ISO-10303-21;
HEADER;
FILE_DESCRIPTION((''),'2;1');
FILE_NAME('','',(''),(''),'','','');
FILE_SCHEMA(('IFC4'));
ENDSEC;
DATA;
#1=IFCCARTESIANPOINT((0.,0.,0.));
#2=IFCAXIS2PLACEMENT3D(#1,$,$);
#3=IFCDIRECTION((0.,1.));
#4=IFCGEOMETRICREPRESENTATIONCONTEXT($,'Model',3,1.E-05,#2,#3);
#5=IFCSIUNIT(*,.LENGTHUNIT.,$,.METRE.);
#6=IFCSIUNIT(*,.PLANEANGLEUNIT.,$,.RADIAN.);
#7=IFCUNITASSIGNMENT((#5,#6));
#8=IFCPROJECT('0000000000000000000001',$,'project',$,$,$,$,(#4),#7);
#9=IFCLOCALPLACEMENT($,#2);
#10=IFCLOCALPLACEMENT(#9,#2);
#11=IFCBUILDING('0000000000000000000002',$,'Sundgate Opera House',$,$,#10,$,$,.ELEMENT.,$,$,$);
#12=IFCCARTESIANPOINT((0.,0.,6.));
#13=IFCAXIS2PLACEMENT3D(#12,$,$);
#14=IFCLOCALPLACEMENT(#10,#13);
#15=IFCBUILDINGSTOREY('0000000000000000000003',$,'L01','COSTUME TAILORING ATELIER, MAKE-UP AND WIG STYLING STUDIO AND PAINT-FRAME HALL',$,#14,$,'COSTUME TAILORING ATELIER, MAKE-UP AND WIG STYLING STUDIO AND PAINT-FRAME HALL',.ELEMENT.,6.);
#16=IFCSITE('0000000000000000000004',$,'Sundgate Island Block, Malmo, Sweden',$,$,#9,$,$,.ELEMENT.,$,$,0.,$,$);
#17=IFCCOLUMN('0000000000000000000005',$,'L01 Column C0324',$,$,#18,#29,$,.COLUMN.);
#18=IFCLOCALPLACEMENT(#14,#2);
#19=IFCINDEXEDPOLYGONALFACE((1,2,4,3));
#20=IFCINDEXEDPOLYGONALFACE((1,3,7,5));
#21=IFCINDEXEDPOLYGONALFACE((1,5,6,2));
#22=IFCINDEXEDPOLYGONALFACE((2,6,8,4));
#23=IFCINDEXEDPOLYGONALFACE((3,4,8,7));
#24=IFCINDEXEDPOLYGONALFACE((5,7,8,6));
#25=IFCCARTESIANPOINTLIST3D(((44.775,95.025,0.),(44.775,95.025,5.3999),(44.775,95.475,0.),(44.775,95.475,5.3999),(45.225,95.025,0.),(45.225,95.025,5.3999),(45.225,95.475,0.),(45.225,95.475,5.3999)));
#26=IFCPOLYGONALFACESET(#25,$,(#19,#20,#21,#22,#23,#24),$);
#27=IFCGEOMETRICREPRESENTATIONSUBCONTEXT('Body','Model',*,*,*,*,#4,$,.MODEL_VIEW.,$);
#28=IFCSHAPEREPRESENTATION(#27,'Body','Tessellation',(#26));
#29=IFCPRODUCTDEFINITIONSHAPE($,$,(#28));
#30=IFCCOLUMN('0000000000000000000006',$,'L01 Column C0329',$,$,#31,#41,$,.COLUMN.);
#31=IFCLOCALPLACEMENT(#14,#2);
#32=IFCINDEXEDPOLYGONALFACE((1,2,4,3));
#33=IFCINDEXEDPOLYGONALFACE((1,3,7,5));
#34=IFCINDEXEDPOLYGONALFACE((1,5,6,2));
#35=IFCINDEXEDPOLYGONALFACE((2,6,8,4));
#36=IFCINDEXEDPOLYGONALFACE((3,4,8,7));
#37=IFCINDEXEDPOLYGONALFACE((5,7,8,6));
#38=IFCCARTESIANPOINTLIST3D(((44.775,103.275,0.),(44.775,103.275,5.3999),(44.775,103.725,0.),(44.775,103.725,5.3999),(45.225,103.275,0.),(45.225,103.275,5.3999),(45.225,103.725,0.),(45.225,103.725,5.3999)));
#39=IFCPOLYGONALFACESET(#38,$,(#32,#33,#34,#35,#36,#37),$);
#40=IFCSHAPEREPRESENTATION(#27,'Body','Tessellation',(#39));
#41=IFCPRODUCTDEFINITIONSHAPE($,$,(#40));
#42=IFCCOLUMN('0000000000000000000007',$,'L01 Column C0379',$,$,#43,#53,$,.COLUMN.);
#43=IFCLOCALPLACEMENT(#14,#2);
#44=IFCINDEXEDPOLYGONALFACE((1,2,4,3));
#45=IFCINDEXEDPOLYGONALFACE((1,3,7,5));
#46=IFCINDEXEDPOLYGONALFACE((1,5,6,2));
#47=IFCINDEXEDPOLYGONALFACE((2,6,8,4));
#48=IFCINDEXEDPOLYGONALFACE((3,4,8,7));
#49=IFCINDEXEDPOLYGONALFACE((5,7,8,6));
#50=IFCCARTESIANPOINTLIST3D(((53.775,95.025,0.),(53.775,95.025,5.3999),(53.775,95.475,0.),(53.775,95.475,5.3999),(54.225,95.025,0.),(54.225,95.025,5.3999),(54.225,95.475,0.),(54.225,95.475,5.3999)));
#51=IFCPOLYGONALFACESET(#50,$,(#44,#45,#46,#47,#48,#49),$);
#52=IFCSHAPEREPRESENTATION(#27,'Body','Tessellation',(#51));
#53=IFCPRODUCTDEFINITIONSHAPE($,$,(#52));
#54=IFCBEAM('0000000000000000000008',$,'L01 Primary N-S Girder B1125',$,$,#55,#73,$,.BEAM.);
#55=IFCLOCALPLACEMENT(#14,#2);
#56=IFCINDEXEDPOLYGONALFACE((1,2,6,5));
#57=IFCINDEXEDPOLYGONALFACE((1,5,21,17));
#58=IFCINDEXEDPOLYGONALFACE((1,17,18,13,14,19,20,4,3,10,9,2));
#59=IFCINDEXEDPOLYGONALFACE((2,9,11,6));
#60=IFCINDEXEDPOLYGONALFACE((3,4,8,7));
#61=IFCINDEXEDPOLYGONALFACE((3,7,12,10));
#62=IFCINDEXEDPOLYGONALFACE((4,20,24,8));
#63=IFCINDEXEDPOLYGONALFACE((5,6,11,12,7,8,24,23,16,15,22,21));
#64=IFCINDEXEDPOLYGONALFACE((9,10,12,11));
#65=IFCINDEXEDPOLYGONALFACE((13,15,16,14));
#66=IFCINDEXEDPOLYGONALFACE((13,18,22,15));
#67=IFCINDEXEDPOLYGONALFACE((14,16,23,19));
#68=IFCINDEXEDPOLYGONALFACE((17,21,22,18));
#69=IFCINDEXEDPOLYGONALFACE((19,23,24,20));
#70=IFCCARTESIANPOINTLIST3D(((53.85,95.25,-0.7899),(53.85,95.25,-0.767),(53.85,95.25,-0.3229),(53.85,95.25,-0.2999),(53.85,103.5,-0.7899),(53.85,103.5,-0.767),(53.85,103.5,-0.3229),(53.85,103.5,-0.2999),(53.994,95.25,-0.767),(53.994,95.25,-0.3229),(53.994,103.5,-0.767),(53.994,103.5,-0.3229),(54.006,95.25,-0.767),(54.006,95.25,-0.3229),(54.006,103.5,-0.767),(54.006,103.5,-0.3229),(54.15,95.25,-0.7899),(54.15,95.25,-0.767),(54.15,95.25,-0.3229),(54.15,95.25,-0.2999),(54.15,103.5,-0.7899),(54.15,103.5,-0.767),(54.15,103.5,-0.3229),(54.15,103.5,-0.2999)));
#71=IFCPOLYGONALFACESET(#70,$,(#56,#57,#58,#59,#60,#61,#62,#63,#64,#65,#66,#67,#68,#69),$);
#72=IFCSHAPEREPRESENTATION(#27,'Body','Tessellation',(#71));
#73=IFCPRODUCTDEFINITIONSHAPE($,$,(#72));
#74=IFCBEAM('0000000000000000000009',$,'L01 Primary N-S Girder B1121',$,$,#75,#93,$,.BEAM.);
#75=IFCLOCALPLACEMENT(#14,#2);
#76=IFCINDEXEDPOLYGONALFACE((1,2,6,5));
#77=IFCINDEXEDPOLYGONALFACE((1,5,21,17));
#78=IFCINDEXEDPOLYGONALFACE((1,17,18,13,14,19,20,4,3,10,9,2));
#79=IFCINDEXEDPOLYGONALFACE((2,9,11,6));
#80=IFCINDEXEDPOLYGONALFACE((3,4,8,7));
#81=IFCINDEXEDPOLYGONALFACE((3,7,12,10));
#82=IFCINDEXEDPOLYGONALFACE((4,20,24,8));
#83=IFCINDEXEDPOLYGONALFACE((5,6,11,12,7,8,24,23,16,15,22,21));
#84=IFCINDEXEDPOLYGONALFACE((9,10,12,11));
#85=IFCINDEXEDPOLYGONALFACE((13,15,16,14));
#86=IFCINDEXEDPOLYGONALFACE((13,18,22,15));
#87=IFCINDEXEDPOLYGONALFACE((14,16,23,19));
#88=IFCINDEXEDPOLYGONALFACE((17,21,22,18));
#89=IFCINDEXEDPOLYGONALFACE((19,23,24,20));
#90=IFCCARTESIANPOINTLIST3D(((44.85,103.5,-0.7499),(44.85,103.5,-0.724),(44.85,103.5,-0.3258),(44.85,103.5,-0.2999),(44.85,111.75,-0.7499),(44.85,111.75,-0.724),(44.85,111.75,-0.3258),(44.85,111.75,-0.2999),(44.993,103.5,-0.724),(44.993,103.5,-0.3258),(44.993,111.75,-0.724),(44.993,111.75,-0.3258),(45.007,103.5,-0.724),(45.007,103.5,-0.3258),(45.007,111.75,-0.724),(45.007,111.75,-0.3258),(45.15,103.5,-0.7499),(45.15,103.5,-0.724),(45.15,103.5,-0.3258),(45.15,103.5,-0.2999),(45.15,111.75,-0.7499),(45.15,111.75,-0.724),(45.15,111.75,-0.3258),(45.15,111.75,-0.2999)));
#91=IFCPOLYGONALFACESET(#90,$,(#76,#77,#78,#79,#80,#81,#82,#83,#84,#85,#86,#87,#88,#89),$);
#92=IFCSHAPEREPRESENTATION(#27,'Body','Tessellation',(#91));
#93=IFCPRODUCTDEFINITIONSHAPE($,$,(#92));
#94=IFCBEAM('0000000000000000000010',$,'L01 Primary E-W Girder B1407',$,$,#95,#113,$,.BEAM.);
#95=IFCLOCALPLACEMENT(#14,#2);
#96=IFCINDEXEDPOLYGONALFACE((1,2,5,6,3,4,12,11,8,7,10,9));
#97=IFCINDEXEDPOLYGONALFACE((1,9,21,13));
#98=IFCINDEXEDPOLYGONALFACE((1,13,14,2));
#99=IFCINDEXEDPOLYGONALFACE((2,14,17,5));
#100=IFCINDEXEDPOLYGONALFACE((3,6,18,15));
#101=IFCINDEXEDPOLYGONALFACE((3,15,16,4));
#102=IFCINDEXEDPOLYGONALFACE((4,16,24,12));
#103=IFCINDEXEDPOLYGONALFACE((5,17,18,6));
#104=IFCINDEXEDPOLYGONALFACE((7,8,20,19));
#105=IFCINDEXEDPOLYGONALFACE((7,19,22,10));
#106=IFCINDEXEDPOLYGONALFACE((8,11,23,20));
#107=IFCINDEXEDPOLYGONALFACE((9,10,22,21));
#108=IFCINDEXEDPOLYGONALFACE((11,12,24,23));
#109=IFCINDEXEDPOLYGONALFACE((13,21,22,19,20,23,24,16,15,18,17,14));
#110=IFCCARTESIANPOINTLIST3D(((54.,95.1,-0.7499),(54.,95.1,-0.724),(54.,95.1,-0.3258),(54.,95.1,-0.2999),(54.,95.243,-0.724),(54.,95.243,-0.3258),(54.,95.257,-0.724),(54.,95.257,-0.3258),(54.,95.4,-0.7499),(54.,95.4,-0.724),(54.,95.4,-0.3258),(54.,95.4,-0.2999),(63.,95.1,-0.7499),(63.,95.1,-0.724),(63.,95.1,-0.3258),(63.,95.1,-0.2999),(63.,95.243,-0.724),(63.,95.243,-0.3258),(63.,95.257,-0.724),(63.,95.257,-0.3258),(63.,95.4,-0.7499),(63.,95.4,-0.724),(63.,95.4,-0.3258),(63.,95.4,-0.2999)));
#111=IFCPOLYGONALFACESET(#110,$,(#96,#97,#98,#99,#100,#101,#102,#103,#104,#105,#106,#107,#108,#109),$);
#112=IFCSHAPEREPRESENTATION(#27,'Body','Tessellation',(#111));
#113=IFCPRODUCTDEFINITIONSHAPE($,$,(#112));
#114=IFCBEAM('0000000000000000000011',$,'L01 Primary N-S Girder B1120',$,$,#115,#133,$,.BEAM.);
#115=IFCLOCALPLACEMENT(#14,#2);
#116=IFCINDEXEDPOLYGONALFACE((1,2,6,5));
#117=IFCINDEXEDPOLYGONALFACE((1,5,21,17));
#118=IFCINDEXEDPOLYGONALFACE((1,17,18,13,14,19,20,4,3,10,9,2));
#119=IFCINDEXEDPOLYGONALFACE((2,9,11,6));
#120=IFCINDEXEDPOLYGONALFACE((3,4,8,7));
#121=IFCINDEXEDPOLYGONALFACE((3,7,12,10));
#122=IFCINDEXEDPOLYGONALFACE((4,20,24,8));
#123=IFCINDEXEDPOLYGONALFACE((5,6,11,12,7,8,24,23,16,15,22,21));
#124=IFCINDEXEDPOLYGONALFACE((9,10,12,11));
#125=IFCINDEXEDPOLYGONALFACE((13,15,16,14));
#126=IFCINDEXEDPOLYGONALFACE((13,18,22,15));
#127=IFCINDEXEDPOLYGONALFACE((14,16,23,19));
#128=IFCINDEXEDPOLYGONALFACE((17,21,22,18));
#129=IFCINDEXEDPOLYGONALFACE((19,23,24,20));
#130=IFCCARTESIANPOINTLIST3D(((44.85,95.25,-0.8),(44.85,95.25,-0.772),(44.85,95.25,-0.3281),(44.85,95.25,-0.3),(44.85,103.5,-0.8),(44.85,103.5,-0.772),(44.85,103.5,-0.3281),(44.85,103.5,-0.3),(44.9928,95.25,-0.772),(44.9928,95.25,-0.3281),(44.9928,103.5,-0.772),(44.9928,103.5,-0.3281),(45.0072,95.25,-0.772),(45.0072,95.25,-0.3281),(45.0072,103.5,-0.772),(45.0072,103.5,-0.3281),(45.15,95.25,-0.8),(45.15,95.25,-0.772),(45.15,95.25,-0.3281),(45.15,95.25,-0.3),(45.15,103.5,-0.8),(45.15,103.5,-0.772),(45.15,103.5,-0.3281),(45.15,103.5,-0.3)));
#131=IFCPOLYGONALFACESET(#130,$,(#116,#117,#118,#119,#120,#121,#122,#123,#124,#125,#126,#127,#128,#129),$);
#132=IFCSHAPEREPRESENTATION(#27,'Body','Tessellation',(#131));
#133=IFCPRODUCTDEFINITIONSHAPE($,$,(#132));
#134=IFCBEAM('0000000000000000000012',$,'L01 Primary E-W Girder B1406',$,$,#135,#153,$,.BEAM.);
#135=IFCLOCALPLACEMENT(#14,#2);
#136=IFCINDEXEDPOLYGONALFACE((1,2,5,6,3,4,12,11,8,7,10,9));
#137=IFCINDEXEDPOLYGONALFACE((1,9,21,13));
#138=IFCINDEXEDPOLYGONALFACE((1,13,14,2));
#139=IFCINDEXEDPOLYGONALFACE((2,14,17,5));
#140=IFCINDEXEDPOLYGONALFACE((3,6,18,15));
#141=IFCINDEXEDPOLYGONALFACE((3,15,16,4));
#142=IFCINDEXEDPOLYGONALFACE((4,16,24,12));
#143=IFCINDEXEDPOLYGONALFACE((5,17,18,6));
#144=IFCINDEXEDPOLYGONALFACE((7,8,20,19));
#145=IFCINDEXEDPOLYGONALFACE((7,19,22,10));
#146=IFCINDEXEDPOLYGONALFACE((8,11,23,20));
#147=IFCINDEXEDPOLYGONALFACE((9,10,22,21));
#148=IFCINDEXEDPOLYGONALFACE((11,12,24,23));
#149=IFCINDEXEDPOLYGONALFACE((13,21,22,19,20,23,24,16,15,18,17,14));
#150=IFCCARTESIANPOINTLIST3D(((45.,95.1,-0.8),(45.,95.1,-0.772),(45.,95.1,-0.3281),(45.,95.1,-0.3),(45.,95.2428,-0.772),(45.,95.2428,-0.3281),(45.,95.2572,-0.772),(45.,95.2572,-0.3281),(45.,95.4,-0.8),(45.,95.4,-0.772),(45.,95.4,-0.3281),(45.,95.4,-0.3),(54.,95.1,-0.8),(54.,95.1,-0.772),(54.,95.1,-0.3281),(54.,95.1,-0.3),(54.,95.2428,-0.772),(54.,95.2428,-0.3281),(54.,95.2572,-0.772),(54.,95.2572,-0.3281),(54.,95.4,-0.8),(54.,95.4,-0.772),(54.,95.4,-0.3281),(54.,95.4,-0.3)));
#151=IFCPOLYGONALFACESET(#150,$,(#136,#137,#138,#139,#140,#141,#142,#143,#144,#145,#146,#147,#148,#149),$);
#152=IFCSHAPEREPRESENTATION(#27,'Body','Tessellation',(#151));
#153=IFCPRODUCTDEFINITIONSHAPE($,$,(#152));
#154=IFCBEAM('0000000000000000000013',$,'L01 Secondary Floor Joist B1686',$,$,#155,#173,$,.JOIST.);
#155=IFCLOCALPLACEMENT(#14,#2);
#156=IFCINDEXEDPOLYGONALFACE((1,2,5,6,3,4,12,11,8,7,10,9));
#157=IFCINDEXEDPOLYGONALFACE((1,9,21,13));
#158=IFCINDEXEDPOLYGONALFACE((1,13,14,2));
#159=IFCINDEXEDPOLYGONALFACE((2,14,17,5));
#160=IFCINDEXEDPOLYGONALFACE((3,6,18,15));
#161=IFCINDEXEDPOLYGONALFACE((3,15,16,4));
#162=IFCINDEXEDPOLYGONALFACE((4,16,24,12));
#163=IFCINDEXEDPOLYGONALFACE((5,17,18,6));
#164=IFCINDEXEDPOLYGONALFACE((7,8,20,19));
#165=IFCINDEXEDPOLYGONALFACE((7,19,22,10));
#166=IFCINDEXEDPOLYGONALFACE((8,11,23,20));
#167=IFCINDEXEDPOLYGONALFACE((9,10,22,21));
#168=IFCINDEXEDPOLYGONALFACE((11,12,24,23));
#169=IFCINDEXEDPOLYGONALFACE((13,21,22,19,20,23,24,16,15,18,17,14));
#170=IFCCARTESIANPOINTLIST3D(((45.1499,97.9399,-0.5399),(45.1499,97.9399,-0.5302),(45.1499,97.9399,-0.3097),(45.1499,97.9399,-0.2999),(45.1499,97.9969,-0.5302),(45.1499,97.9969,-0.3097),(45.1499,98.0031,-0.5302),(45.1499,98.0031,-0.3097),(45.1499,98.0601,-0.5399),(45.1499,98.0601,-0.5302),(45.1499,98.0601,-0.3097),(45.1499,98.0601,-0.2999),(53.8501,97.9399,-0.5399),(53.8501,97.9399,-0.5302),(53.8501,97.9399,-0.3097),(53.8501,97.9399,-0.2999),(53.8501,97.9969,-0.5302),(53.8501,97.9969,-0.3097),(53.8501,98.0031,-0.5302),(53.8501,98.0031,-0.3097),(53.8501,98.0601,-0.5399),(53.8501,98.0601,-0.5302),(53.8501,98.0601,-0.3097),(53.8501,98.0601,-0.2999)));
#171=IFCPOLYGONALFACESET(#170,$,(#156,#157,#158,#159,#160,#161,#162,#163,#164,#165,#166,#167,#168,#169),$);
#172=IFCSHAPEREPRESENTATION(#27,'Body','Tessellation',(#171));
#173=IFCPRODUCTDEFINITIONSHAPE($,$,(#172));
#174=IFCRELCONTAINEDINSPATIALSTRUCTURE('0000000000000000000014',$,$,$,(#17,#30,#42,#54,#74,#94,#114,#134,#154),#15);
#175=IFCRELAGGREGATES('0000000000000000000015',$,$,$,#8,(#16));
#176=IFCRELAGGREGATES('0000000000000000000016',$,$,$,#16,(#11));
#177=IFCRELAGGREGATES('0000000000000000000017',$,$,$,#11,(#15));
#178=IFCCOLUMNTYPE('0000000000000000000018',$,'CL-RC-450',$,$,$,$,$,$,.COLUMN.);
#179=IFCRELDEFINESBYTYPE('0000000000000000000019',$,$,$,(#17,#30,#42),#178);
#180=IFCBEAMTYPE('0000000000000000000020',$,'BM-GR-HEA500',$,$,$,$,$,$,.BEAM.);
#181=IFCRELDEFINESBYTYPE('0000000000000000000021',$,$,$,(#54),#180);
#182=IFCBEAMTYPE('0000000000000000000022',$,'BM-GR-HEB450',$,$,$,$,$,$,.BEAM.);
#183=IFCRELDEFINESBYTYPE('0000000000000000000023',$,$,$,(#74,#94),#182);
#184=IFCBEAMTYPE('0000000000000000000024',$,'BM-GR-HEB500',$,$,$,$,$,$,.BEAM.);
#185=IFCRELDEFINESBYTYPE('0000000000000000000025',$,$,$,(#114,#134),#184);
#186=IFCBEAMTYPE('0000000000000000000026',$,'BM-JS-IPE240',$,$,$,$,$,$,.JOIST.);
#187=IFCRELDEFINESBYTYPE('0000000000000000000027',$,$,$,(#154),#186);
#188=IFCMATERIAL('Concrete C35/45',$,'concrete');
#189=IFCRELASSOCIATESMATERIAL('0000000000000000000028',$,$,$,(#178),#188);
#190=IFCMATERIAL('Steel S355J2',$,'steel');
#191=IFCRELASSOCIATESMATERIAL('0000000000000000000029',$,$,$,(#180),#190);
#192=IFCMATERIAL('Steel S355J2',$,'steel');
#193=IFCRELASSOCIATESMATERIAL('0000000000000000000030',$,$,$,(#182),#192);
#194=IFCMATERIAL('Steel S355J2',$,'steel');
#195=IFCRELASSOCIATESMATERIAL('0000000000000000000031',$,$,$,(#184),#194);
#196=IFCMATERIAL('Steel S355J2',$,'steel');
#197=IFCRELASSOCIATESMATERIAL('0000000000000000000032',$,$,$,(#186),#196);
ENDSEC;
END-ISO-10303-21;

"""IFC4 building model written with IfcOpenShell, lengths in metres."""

from ifc_helpers import new_model, si_unit, direction, frame, origin, origin_2d, place, context, subcontext, project, spatial, rectangle, i_section, extrude, material, material_profile, profile_set, type_object, element, save


model = new_model("IFC4")

# Units and contexts
model_context = context("Model", 3, precision=1e-05, world=origin(), true_north=direction((0.0, 1.0)))
body_context = subcontext(model_context, "Body", "Model", "MODEL_VIEW")
ifc_project = project(units=[si_unit("LENGTHUNIT", "METRE"), si_unit("PLANEANGLEUNIT", "RADIAN")], contexts=[model_context])

# Site, building, storey
site_placement = place(None, origin())
site = spatial("IfcSite", under=ifc_project, at=site_placement, Name="Sundgate Island Block, Malmo, Sweden", CompositionType="ELEMENT", RefElevation=0.0)
building_placement = place(site_placement, origin())
building = spatial("IfcBuilding", under=site, at=building_placement, Name="Sundgate Opera House", CompositionType="ELEMENT")
storey_placement = place(building_placement, frame((0.0, 0.0, 6.0)))
storey = spatial("IfcBuildingStorey", under=building, at=storey_placement, Name="L01", Description="COSTUME TAILORING ATELIER, MAKE-UP AND WIG STYLING STUDIO AND PAINT-FRAME HALL", LongName="COSTUME TAILORING ATELIER, MAKE-UP AND WIG STYLING STUDIO AND PAINT-FRAME HALL", CompositionType="ELEMENT", Elevation=6.0)

# Columns
ifc_material_1 = material(Name="Concrete C35/45", Category="concrete")
ifc_material_profile_1 = material_profile(ifc_material_1, rectangle(XDim=0.45, YDim=0.45, at=origin_2d()), Name="RC 450x450")
ifc_profile_set_1 = profile_set([ifc_material_profile_1], Name="Concrete C35/45")
column_type = type_object("IfcColumnType", Name="CL-RC-450", PredefinedType="COLUMN", material=ifc_profile_set_1)
for number, where, z_axis, x_axis, name in (
    (1, (45.0, 95.25, 0.0), (0.0, 0.0, 1.0), (1.0, 0.0, 0.0), "L01 Column C0324"),
    (2, (45.0, 103.5, 0.0), (0.0, 0.0, 1.0), (1.0, 0.0, 0.0), "L01 Column C0329"),
    (3, (54.0, 95.25, 0.0), (0.0, 0.0, 1.0), (1.0, 0.0, 0.0), "L01 Column C0379"),
):
    element("IfcColumn", number, at=place(storey_placement, frame(where, z_axis=z_axis, x_axis=x_axis)), inside=storey, type_object=column_type, Name=name, PredefinedType="COLUMN", context=body_context, shape_type="SweptSolid", body=[
        extrude(rectangle(XDim=0.45, YDim=0.45, at=origin_2d()), origin(), (0.0, 0.0, 1.0), 5.3999),
    ])

# Beams
ifc_material_2 = material(Name="Steel S355J2", Category="steel")
ifc_material_profile_2 = material_profile(ifc_material_2, i_section(OverallWidth=0.3, OverallDepth=0.49, WebThickness=0.012, FlangeThickness=0.0229, at=origin_2d()), Name="HEA 500")
ifc_profile_set_2 = profile_set([ifc_material_profile_2], Name="Steel S355J2")
beam_type_1 = type_object("IfcBeamType", Name="BM-GR-HEA500", PredefinedType="BEAM", material=ifc_profile_set_2)
beam_1_placement = place(storey_placement, frame((54.0, 95.25, -0.5449), z_axis=(0.0, 1.0, 0.0), x_axis=(-1.0, 0.0, 0.0)))
element("IfcBeam", 4, at=beam_1_placement, inside=storey, type_object=beam_type_1, Name="L01 Primary N-S Girder B1125", PredefinedType="BEAM", context=body_context, shape_type="SweptSolid", body=[
    extrude(i_section(OverallWidth=0.3, OverallDepth=0.49, WebThickness=0.012, FlangeThickness=0.0229, at=origin_2d()), origin(), (0.0, 0.0, 1.0), 8.25),
])
ifc_material_3 = material(Name="Steel S355J2", Category="steel")
ifc_material_profile_3 = material_profile(ifc_material_3, i_section(OverallWidth=0.3, OverallDepth=0.45, WebThickness=0.0139, FlangeThickness=0.0259, at=origin_2d()), Name="HEB 450")
ifc_profile_set_3 = profile_set([ifc_material_profile_3], Name="Steel S355J2")
beam_type_2 = type_object("IfcBeamType", Name="BM-GR-HEB450", PredefinedType="BEAM", material=ifc_profile_set_3)
beam_2_placement = place(storey_placement, frame((45.0, 103.5, -0.5249), z_axis=(0.0, 1.0, 0.0), x_axis=(-1.0, 0.0, 0.0)))
element("IfcBeam", 5, at=beam_2_placement, inside=storey, type_object=beam_type_2, Name="L01 Primary N-S Girder B1121", PredefinedType="BEAM", context=body_context, shape_type="SweptSolid", body=[
    extrude(i_section(OverallWidth=0.3, OverallDepth=0.45, WebThickness=0.0139, FlangeThickness=0.0259, at=origin_2d()), origin(), (0.0, 0.0, 1.0), 8.25),
])
beam_3_placement = place(storey_placement, frame((54.0, 95.25, -0.5249), z_axis=(1.0, 0.0, 0.0), x_axis=(0.0, 1.0, 0.0)))
element("IfcBeam", 6, at=beam_3_placement, inside=storey, type_object=beam_type_2, Name="L01 Primary E-W Girder B1407", PredefinedType="BEAM", context=body_context, shape_type="SweptSolid", body=[
    extrude(i_section(OverallWidth=0.3, OverallDepth=0.45, WebThickness=0.0139, FlangeThickness=0.0259, at=origin_2d()), origin(), (0.0, 0.0, 1.0), 9.0),
])
ifc_material_4 = material(Name="Steel S355J2", Category="steel")
ifc_material_profile_4 = material_profile(ifc_material_4, i_section(OverallWidth=0.3, OverallDepth=0.5, WebThickness=0.0144, FlangeThickness=0.0281, at=origin_2d()), Name="HEB 500")
ifc_profile_set_4 = profile_set([ifc_material_profile_4], Name="Steel S355J2")
beam_type_3 = type_object("IfcBeamType", Name="BM-GR-HEB500", PredefinedType="BEAM", material=ifc_profile_set_4)
beam_4_placement = place(storey_placement, frame((45.0, 95.25, -0.55), z_axis=(0.0, 1.0, 0.0), x_axis=(-1.0, 0.0, 0.0)))
element("IfcBeam", 7, at=beam_4_placement, inside=storey, type_object=beam_type_3, Name="L01 Primary N-S Girder B1120", PredefinedType="BEAM", context=body_context, shape_type="SweptSolid", body=[
    extrude(i_section(OverallWidth=0.3, OverallDepth=0.5, WebThickness=0.0144, FlangeThickness=0.0281, at=origin_2d()), origin(), (0.0, 0.0, 1.0), 8.25),
])
beam_5_placement = place(storey_placement, frame((45.0, 95.25, -0.55), z_axis=(1.0, 0.0, 0.0), x_axis=(0.0, 1.0, 0.0)))
element("IfcBeam", 8, at=beam_5_placement, inside=storey, type_object=beam_type_3, Name="L01 Primary E-W Girder B1406", PredefinedType="BEAM", context=body_context, shape_type="SweptSolid", body=[
    extrude(i_section(OverallWidth=0.3, OverallDepth=0.5, WebThickness=0.0144, FlangeThickness=0.0281, at=origin_2d()), origin(), (0.0, 0.0, 1.0), 9.0),
])
ifc_material_5 = material(Name="Steel S355J2", Category="steel")
ifc_material_profile_5 = material_profile(ifc_material_5, i_section(OverallWidth=0.1201, OverallDepth=0.24, WebThickness=0.0061, FlangeThickness=0.0098, at=origin_2d()), Name="IPE 240")
ifc_profile_set_5 = profile_set([ifc_material_profile_5], Name="Steel S355J2")
beam_type_4 = type_object("IfcBeamType", Name="BM-JS-IPE240", PredefinedType="JOIST", material=ifc_profile_set_5)
beam_6_placement = place(storey_placement, frame((45.1499, 98.0, -0.4199), z_axis=(1.0, 0.0, 0.0), x_axis=(0.0, 1.0, 0.0)))
element("IfcBeam", 9, at=beam_6_placement, inside=storey, type_object=beam_type_4, Name="L01 Secondary Floor Joist B1686", PredefinedType="JOIST", context=body_context, shape_type="SweptSolid", body=[
    extrude(i_section(OverallWidth=0.1201, OverallDepth=0.24, WebThickness=0.0061, FlangeThickness=0.0098, at=origin_2d()), origin(), (0.0, 0.0, 1.0), 8.7002),
])

save(model, "model.ifc")
